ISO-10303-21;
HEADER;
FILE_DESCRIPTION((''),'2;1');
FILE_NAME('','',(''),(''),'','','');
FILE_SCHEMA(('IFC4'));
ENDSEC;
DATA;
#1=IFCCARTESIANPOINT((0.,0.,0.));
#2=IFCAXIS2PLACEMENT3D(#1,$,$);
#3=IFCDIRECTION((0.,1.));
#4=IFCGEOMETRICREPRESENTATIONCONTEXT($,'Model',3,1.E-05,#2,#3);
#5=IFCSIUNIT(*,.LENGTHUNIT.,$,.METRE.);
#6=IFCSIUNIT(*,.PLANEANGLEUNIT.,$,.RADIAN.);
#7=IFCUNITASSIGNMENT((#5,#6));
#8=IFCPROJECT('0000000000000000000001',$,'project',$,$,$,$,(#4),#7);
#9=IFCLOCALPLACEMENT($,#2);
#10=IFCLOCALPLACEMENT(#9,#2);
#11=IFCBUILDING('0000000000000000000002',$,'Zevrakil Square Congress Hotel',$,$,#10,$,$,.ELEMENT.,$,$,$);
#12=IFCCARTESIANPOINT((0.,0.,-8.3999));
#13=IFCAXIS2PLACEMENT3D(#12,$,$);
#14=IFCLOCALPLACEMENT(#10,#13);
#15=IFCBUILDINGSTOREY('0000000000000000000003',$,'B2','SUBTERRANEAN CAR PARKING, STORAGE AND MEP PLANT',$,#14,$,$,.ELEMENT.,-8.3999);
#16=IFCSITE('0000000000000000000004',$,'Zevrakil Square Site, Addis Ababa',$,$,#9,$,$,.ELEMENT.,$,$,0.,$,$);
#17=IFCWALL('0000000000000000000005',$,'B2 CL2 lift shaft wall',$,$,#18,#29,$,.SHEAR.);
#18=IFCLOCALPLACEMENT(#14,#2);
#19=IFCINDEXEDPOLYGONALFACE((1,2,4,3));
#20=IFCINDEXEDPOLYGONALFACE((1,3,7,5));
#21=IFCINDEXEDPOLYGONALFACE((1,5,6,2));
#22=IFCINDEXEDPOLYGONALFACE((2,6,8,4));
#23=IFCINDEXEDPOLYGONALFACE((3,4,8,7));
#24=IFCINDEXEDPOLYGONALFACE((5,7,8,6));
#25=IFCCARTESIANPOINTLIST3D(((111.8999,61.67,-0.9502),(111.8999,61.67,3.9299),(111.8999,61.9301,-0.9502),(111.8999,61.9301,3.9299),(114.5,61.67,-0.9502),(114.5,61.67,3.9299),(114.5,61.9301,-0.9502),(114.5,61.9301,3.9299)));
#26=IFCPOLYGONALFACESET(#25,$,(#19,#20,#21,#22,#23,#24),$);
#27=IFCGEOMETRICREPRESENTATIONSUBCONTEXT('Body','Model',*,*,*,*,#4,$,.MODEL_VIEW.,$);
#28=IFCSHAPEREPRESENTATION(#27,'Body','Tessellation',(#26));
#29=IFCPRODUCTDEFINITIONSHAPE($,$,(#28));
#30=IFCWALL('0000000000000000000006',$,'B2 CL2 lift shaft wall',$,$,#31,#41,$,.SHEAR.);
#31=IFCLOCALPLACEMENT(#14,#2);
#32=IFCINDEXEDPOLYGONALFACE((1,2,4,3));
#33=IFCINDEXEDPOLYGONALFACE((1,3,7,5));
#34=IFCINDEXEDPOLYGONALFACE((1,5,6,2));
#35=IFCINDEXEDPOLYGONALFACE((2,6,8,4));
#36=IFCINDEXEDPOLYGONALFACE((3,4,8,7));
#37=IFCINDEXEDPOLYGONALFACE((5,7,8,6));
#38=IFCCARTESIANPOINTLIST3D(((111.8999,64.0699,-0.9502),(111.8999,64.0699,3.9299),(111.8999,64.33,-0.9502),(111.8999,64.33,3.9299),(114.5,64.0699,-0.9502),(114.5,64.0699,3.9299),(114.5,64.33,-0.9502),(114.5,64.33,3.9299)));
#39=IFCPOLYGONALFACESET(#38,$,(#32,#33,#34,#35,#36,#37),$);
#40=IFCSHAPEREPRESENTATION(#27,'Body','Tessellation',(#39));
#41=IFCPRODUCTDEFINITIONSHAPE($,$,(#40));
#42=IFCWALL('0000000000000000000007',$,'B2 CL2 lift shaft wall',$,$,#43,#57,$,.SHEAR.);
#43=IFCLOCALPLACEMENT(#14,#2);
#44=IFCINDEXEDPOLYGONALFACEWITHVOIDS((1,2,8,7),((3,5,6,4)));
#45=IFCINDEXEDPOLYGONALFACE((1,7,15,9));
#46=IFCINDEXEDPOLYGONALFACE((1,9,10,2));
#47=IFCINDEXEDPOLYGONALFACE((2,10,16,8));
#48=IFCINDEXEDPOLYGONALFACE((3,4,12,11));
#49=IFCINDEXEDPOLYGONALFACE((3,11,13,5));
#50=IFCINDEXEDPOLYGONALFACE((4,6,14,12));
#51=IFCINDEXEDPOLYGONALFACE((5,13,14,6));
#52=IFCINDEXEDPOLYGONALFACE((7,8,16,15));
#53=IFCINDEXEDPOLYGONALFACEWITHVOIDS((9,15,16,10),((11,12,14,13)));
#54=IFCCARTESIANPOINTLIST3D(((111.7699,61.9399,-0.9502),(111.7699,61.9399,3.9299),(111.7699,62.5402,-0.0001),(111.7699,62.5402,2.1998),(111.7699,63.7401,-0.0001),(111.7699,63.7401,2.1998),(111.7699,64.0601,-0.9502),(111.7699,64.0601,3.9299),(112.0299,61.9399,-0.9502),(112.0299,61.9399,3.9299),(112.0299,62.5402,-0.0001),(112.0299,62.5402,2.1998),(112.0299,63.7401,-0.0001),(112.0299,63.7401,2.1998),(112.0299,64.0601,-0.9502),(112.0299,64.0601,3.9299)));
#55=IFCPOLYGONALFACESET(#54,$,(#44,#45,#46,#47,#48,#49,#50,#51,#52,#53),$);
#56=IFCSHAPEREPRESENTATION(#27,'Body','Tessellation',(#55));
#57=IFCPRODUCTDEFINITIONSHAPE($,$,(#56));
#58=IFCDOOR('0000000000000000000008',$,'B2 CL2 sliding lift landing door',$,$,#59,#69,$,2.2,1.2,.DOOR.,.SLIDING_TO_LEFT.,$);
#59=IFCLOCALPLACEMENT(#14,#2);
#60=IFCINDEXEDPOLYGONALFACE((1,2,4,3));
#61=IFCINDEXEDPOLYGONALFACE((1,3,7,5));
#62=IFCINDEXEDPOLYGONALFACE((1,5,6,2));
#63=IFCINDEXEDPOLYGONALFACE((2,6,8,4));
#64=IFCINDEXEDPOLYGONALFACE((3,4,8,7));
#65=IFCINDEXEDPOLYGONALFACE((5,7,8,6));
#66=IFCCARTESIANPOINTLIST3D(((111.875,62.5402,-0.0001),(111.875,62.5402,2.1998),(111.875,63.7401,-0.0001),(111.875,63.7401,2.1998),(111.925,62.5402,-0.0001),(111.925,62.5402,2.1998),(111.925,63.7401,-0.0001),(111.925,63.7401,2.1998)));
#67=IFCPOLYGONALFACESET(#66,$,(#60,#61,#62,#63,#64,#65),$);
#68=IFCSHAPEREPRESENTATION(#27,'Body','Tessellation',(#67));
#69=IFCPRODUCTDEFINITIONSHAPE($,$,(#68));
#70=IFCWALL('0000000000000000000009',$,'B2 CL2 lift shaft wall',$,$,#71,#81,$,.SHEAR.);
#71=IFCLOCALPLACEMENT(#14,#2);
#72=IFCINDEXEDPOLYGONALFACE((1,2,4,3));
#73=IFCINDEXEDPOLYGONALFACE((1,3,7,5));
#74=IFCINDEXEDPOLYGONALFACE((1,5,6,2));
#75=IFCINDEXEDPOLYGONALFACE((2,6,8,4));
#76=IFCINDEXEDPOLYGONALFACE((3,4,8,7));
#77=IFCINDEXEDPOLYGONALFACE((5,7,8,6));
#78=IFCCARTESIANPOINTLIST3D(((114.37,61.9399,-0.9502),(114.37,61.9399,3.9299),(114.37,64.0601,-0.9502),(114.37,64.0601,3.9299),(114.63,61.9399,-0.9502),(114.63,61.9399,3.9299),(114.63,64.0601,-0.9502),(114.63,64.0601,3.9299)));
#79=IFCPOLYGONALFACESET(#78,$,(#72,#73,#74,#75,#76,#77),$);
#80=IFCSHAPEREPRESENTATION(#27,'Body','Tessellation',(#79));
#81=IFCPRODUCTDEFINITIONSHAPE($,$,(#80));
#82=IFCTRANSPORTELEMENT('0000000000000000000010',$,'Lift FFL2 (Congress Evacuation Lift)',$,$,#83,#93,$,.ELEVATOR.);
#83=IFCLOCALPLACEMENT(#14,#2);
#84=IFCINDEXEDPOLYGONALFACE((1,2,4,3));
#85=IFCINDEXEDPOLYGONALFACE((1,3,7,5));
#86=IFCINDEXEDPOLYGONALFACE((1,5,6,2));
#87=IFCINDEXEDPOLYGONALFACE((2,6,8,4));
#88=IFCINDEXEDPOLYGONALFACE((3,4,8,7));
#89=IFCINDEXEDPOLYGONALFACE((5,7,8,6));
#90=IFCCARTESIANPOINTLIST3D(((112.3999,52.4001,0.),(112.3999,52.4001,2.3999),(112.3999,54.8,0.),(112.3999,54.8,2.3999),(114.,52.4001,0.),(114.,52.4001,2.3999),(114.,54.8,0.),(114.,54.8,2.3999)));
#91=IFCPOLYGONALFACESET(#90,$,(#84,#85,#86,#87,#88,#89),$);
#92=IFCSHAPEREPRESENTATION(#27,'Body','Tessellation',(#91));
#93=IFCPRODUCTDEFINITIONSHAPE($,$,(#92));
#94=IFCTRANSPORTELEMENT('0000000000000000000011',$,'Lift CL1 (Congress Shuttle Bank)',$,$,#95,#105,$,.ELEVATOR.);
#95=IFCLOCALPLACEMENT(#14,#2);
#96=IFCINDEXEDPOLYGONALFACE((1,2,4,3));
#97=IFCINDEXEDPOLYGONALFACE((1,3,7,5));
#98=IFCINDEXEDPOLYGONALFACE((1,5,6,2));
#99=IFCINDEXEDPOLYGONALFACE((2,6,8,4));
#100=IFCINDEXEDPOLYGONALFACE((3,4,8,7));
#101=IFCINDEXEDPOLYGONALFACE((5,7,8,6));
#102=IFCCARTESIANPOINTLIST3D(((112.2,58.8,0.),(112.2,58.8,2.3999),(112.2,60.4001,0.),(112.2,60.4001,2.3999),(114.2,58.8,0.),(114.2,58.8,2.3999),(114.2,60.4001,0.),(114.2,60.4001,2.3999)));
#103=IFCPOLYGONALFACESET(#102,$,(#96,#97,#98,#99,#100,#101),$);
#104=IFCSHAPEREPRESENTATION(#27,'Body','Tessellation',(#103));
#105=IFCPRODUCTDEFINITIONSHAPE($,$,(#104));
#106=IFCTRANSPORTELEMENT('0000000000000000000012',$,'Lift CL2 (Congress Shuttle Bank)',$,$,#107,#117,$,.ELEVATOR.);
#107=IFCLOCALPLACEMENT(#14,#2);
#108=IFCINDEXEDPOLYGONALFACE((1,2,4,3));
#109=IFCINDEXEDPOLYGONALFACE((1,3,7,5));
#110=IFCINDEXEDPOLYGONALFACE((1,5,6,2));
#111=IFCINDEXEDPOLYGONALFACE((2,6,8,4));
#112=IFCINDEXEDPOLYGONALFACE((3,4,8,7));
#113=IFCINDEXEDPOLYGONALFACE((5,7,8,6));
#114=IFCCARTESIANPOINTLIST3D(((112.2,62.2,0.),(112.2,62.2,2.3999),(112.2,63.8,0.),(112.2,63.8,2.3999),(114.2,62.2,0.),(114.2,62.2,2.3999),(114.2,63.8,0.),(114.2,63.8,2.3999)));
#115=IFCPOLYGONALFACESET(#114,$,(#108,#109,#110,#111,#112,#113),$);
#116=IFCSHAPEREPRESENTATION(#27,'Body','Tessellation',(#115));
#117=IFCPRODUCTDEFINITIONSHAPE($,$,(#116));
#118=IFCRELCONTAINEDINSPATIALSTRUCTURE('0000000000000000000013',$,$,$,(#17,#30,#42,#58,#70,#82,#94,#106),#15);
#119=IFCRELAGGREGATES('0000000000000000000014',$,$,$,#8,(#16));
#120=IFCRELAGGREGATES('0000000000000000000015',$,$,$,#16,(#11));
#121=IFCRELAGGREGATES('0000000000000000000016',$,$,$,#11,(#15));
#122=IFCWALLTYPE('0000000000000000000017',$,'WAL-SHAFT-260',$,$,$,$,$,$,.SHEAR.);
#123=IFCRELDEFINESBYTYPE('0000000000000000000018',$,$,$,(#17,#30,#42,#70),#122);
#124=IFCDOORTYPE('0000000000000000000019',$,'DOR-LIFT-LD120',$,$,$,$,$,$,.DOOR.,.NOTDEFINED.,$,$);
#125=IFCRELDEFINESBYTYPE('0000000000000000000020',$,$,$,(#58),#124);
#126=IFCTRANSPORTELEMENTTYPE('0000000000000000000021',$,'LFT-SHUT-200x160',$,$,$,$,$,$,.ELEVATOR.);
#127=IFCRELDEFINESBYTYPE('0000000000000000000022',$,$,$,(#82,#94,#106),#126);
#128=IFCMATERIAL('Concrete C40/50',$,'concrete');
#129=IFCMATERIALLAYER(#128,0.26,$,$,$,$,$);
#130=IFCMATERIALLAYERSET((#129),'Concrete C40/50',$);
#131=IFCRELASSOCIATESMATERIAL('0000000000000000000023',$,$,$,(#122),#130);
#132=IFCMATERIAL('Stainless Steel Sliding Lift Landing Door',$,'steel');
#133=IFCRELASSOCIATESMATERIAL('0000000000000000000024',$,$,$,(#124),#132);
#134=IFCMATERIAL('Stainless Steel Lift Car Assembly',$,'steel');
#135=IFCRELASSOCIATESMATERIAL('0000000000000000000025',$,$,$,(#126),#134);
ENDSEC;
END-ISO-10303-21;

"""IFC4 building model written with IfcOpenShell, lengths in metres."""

from ifc_helpers import new_model, si_unit, direction, frame, frame_2d, origin, origin_2d, place, context, subcontext, project, spatial, rectangle, extrude, material, layer, layer_set, type_object, element, fill, save


model = new_model("IFC4")

# Units and contexts
model_context = context("Model", 3, precision=1e-05, world=origin(), true_north=direction((0.0, 1.0)))
body_context = subcontext(model_context, "Body", "Model", "MODEL_VIEW")
ifc_project = project(units=[si_unit("LENGTHUNIT", "METRE"), si_unit("PLANEANGLEUNIT", "RADIAN")], contexts=[model_context])

# Site, building, storey
site_placement = place(None, origin())
site = spatial("IfcSite", under=ifc_project, at=site_placement, Name="Zevrakil Square Site, Addis Ababa", CompositionType="ELEMENT", RefElevation=0.0)
building_placement = place(site_placement, origin())
building = spatial("IfcBuilding", under=site, at=building_placement, Name="Zevrakil Square Congress Hotel", CompositionType="ELEMENT")
storey_placement = place(building_placement, frame((0.0, 0.0, -8.3999)))
storey = spatial("IfcBuildingStorey", under=building, at=storey_placement, Name="B2", Description="SUBTERRANEAN CAR PARKING, STORAGE AND MEP PLANT", CompositionType="ELEMENT", Elevation=-8.3999)

# Shared definitions
ifc_material_1 = material(Name="Concrete C40/50", Category="concrete")
ifc_layer_1 = layer(ifc_material_1, 0.26)
ifc_layer_set_1 = layer_set([ifc_layer_1], Name="Concrete C40/50")
wall_type_1 = type_object("IfcWallType", Name="WAL-SHAFT-260", PredefinedType="SHEAR", material=ifc_layer_set_1)

# Shared definitions
ifc_material_2 = material(Name="Stainless Steel Sliding Lift Landing Door", Category="steel")
door_type = type_object("IfcDoorType", Name="DOR-LIFT-LD120", OperationType="NOTDEFINED", PredefinedType="DOOR", material=ifc_material_2)

# Walls
for number, where, z_axis, x_axis, name in (
    (1, (111.8999, 61.8, -0.9502), (0.0, 0.0, 1.0), (1.0, 0.0, 0.0), "B2 CL2 lift shaft wall"),
    (2, (111.8999, 64.2, -0.9502), (0.0, 0.0, 1.0), (1.0, 0.0, 0.0), "B2 CL2 lift shaft wall"),
):
    element("IfcWall", number, at=place(storey_placement, frame(where, z_axis=z_axis, x_axis=x_axis)), inside=storey, type_object=wall_type_1, Name=name, PredefinedType="SHEAR", context=body_context, shape_type="SweptSolid", body=[
        extrude(rectangle(XDim=2.6001, YDim=0.26, at=frame_2d((1.3, 0.0))), origin(), (0.0, 0.0, 1.0), 4.8801),
    ])

# Wall, opening, door
wall_1_placement = place(storey_placement, frame((111.8999, 61.9399, -0.9502), z_axis=(0.0, 0.0, 1.0), x_axis=(0.0, 1.0, 0.0)))
wall_1 = element("IfcWall", 3, at=wall_1_placement, inside=storey, type_object=wall_type_1, Name="B2 CL2 lift shaft wall", PredefinedType="SHEAR", context=body_context, shape_type="SweptSolid", body=[
    extrude(rectangle(XDim=2.1201, YDim=0.26, at=frame_2d((1.0601, 0.0))), origin(), (0.0, 0.0, 1.0), 4.8801),
])
opening_1_placement = place(wall_1_placement, frame((0.6001, 0.0, 0.95)))
opening_1 = element("IfcOpeningElement", 4, at=opening_1_placement, cuts=wall_1, PredefinedType="OPENING", context=body_context, shape_type="SweptSolid", body=[
    extrude(rectangle(XDim=1.2, YDim=2.2, at=frame_2d((0.6001, 1.1001))), frame((0.0, 0.1401, 0.0), z_axis=(0.0, -1.0, 0.0), x_axis=(1.0, 0.0, 0.0)), (0.0, 0.0, 1.0), 0.28),
])
door_1_placement = place(opening_1_placement, origin())
door_1 = element("IfcDoor", 5, at=door_1_placement, inside=storey, type_object=door_type, Name="B2 CL2 sliding lift landing door", OperationType="SLIDING_TO_LEFT", OverallHeight=2.2, OverallWidth=1.2, PredefinedType="DOOR", context=body_context, shape_type="SweptSolid", body=[
    extrude(rectangle(XDim=1.2, YDim=2.2, at=frame_2d((0.6001, 1.1001))), frame((0.0, 0.0249, 0.0), z_axis=(0.0, -1.0, 0.0), x_axis=(1.0, 0.0, 0.0)), (0.0, 0.0, 1.0), 0.05),
])
fill(opening_1, door_1)

# Wall
wall_2_placement = place(storey_placement, frame((114.5, 61.9399, -0.9502), z_axis=(0.0, 0.0, 1.0), x_axis=(0.0, 1.0, 0.0)))
element("IfcWall", 6, at=wall_2_placement, inside=storey, type_object=wall_type_1, Name="B2 CL2 lift shaft wall", PredefinedType="SHEAR", context=body_context, shape_type="SweptSolid", body=[
    extrude(rectangle(XDim=2.1201, YDim=0.26, at=frame_2d((1.0601, 0.0))), origin(), (0.0, 0.0, 1.0), 4.8801),
])

# Transport elements
ifc_material_3 = material(Name="Stainless Steel Lift Car Assembly", Category="steel")
transport_element_type = type_object("IfcTransportElementType", Name="LFT-SHUT-200x160", PredefinedType="ELEVATOR", material=ifc_material_3)
transport_element_placement = place(storey_placement, frame((113.2, 53.6001, 0.0), z_axis=(0.0, 0.0, 1.0), x_axis=(1.0, 0.0, 0.0)))
element("IfcTransportElement", 7, at=transport_element_placement, inside=storey, type_object=transport_element_type, Name="Lift FFL2 (Congress Evacuation Lift)", PredefinedType="ELEVATOR", context=body_context, shape_type="SweptSolid", body=[
    extrude(rectangle(XDim=1.6001, YDim=2.3999, at=origin_2d()), origin(), (0.0, 0.0, 1.0), 2.3999),
])
for number, where, z_axis, x_axis, name in (
    (8, (113.2, 59.6001, 0.0), (0.0, 0.0, 1.0), (1.0, 0.0, 0.0), "Lift CL1 (Congress Shuttle Bank)"),
    (9, (113.2, 63.0, 0.0), (0.0, 0.0, 1.0), (1.0, 0.0, 0.0), "Lift CL2 (Congress Shuttle Bank)"),
):
    element("IfcTransportElement", number, at=place(storey_placement, frame(where, z_axis=z_axis, x_axis=x_axis)), inside=storey, type_object=transport_element_type, Name=name, PredefinedType="ELEVATOR", context=body_context, shape_type="SweptSolid", body=[
        extrude(rectangle(XDim=2.0, YDim=1.6001, at=origin_2d()), origin(), (0.0, 0.0, 1.0), 2.3999),
    ])

save(model, "model.ifc")
